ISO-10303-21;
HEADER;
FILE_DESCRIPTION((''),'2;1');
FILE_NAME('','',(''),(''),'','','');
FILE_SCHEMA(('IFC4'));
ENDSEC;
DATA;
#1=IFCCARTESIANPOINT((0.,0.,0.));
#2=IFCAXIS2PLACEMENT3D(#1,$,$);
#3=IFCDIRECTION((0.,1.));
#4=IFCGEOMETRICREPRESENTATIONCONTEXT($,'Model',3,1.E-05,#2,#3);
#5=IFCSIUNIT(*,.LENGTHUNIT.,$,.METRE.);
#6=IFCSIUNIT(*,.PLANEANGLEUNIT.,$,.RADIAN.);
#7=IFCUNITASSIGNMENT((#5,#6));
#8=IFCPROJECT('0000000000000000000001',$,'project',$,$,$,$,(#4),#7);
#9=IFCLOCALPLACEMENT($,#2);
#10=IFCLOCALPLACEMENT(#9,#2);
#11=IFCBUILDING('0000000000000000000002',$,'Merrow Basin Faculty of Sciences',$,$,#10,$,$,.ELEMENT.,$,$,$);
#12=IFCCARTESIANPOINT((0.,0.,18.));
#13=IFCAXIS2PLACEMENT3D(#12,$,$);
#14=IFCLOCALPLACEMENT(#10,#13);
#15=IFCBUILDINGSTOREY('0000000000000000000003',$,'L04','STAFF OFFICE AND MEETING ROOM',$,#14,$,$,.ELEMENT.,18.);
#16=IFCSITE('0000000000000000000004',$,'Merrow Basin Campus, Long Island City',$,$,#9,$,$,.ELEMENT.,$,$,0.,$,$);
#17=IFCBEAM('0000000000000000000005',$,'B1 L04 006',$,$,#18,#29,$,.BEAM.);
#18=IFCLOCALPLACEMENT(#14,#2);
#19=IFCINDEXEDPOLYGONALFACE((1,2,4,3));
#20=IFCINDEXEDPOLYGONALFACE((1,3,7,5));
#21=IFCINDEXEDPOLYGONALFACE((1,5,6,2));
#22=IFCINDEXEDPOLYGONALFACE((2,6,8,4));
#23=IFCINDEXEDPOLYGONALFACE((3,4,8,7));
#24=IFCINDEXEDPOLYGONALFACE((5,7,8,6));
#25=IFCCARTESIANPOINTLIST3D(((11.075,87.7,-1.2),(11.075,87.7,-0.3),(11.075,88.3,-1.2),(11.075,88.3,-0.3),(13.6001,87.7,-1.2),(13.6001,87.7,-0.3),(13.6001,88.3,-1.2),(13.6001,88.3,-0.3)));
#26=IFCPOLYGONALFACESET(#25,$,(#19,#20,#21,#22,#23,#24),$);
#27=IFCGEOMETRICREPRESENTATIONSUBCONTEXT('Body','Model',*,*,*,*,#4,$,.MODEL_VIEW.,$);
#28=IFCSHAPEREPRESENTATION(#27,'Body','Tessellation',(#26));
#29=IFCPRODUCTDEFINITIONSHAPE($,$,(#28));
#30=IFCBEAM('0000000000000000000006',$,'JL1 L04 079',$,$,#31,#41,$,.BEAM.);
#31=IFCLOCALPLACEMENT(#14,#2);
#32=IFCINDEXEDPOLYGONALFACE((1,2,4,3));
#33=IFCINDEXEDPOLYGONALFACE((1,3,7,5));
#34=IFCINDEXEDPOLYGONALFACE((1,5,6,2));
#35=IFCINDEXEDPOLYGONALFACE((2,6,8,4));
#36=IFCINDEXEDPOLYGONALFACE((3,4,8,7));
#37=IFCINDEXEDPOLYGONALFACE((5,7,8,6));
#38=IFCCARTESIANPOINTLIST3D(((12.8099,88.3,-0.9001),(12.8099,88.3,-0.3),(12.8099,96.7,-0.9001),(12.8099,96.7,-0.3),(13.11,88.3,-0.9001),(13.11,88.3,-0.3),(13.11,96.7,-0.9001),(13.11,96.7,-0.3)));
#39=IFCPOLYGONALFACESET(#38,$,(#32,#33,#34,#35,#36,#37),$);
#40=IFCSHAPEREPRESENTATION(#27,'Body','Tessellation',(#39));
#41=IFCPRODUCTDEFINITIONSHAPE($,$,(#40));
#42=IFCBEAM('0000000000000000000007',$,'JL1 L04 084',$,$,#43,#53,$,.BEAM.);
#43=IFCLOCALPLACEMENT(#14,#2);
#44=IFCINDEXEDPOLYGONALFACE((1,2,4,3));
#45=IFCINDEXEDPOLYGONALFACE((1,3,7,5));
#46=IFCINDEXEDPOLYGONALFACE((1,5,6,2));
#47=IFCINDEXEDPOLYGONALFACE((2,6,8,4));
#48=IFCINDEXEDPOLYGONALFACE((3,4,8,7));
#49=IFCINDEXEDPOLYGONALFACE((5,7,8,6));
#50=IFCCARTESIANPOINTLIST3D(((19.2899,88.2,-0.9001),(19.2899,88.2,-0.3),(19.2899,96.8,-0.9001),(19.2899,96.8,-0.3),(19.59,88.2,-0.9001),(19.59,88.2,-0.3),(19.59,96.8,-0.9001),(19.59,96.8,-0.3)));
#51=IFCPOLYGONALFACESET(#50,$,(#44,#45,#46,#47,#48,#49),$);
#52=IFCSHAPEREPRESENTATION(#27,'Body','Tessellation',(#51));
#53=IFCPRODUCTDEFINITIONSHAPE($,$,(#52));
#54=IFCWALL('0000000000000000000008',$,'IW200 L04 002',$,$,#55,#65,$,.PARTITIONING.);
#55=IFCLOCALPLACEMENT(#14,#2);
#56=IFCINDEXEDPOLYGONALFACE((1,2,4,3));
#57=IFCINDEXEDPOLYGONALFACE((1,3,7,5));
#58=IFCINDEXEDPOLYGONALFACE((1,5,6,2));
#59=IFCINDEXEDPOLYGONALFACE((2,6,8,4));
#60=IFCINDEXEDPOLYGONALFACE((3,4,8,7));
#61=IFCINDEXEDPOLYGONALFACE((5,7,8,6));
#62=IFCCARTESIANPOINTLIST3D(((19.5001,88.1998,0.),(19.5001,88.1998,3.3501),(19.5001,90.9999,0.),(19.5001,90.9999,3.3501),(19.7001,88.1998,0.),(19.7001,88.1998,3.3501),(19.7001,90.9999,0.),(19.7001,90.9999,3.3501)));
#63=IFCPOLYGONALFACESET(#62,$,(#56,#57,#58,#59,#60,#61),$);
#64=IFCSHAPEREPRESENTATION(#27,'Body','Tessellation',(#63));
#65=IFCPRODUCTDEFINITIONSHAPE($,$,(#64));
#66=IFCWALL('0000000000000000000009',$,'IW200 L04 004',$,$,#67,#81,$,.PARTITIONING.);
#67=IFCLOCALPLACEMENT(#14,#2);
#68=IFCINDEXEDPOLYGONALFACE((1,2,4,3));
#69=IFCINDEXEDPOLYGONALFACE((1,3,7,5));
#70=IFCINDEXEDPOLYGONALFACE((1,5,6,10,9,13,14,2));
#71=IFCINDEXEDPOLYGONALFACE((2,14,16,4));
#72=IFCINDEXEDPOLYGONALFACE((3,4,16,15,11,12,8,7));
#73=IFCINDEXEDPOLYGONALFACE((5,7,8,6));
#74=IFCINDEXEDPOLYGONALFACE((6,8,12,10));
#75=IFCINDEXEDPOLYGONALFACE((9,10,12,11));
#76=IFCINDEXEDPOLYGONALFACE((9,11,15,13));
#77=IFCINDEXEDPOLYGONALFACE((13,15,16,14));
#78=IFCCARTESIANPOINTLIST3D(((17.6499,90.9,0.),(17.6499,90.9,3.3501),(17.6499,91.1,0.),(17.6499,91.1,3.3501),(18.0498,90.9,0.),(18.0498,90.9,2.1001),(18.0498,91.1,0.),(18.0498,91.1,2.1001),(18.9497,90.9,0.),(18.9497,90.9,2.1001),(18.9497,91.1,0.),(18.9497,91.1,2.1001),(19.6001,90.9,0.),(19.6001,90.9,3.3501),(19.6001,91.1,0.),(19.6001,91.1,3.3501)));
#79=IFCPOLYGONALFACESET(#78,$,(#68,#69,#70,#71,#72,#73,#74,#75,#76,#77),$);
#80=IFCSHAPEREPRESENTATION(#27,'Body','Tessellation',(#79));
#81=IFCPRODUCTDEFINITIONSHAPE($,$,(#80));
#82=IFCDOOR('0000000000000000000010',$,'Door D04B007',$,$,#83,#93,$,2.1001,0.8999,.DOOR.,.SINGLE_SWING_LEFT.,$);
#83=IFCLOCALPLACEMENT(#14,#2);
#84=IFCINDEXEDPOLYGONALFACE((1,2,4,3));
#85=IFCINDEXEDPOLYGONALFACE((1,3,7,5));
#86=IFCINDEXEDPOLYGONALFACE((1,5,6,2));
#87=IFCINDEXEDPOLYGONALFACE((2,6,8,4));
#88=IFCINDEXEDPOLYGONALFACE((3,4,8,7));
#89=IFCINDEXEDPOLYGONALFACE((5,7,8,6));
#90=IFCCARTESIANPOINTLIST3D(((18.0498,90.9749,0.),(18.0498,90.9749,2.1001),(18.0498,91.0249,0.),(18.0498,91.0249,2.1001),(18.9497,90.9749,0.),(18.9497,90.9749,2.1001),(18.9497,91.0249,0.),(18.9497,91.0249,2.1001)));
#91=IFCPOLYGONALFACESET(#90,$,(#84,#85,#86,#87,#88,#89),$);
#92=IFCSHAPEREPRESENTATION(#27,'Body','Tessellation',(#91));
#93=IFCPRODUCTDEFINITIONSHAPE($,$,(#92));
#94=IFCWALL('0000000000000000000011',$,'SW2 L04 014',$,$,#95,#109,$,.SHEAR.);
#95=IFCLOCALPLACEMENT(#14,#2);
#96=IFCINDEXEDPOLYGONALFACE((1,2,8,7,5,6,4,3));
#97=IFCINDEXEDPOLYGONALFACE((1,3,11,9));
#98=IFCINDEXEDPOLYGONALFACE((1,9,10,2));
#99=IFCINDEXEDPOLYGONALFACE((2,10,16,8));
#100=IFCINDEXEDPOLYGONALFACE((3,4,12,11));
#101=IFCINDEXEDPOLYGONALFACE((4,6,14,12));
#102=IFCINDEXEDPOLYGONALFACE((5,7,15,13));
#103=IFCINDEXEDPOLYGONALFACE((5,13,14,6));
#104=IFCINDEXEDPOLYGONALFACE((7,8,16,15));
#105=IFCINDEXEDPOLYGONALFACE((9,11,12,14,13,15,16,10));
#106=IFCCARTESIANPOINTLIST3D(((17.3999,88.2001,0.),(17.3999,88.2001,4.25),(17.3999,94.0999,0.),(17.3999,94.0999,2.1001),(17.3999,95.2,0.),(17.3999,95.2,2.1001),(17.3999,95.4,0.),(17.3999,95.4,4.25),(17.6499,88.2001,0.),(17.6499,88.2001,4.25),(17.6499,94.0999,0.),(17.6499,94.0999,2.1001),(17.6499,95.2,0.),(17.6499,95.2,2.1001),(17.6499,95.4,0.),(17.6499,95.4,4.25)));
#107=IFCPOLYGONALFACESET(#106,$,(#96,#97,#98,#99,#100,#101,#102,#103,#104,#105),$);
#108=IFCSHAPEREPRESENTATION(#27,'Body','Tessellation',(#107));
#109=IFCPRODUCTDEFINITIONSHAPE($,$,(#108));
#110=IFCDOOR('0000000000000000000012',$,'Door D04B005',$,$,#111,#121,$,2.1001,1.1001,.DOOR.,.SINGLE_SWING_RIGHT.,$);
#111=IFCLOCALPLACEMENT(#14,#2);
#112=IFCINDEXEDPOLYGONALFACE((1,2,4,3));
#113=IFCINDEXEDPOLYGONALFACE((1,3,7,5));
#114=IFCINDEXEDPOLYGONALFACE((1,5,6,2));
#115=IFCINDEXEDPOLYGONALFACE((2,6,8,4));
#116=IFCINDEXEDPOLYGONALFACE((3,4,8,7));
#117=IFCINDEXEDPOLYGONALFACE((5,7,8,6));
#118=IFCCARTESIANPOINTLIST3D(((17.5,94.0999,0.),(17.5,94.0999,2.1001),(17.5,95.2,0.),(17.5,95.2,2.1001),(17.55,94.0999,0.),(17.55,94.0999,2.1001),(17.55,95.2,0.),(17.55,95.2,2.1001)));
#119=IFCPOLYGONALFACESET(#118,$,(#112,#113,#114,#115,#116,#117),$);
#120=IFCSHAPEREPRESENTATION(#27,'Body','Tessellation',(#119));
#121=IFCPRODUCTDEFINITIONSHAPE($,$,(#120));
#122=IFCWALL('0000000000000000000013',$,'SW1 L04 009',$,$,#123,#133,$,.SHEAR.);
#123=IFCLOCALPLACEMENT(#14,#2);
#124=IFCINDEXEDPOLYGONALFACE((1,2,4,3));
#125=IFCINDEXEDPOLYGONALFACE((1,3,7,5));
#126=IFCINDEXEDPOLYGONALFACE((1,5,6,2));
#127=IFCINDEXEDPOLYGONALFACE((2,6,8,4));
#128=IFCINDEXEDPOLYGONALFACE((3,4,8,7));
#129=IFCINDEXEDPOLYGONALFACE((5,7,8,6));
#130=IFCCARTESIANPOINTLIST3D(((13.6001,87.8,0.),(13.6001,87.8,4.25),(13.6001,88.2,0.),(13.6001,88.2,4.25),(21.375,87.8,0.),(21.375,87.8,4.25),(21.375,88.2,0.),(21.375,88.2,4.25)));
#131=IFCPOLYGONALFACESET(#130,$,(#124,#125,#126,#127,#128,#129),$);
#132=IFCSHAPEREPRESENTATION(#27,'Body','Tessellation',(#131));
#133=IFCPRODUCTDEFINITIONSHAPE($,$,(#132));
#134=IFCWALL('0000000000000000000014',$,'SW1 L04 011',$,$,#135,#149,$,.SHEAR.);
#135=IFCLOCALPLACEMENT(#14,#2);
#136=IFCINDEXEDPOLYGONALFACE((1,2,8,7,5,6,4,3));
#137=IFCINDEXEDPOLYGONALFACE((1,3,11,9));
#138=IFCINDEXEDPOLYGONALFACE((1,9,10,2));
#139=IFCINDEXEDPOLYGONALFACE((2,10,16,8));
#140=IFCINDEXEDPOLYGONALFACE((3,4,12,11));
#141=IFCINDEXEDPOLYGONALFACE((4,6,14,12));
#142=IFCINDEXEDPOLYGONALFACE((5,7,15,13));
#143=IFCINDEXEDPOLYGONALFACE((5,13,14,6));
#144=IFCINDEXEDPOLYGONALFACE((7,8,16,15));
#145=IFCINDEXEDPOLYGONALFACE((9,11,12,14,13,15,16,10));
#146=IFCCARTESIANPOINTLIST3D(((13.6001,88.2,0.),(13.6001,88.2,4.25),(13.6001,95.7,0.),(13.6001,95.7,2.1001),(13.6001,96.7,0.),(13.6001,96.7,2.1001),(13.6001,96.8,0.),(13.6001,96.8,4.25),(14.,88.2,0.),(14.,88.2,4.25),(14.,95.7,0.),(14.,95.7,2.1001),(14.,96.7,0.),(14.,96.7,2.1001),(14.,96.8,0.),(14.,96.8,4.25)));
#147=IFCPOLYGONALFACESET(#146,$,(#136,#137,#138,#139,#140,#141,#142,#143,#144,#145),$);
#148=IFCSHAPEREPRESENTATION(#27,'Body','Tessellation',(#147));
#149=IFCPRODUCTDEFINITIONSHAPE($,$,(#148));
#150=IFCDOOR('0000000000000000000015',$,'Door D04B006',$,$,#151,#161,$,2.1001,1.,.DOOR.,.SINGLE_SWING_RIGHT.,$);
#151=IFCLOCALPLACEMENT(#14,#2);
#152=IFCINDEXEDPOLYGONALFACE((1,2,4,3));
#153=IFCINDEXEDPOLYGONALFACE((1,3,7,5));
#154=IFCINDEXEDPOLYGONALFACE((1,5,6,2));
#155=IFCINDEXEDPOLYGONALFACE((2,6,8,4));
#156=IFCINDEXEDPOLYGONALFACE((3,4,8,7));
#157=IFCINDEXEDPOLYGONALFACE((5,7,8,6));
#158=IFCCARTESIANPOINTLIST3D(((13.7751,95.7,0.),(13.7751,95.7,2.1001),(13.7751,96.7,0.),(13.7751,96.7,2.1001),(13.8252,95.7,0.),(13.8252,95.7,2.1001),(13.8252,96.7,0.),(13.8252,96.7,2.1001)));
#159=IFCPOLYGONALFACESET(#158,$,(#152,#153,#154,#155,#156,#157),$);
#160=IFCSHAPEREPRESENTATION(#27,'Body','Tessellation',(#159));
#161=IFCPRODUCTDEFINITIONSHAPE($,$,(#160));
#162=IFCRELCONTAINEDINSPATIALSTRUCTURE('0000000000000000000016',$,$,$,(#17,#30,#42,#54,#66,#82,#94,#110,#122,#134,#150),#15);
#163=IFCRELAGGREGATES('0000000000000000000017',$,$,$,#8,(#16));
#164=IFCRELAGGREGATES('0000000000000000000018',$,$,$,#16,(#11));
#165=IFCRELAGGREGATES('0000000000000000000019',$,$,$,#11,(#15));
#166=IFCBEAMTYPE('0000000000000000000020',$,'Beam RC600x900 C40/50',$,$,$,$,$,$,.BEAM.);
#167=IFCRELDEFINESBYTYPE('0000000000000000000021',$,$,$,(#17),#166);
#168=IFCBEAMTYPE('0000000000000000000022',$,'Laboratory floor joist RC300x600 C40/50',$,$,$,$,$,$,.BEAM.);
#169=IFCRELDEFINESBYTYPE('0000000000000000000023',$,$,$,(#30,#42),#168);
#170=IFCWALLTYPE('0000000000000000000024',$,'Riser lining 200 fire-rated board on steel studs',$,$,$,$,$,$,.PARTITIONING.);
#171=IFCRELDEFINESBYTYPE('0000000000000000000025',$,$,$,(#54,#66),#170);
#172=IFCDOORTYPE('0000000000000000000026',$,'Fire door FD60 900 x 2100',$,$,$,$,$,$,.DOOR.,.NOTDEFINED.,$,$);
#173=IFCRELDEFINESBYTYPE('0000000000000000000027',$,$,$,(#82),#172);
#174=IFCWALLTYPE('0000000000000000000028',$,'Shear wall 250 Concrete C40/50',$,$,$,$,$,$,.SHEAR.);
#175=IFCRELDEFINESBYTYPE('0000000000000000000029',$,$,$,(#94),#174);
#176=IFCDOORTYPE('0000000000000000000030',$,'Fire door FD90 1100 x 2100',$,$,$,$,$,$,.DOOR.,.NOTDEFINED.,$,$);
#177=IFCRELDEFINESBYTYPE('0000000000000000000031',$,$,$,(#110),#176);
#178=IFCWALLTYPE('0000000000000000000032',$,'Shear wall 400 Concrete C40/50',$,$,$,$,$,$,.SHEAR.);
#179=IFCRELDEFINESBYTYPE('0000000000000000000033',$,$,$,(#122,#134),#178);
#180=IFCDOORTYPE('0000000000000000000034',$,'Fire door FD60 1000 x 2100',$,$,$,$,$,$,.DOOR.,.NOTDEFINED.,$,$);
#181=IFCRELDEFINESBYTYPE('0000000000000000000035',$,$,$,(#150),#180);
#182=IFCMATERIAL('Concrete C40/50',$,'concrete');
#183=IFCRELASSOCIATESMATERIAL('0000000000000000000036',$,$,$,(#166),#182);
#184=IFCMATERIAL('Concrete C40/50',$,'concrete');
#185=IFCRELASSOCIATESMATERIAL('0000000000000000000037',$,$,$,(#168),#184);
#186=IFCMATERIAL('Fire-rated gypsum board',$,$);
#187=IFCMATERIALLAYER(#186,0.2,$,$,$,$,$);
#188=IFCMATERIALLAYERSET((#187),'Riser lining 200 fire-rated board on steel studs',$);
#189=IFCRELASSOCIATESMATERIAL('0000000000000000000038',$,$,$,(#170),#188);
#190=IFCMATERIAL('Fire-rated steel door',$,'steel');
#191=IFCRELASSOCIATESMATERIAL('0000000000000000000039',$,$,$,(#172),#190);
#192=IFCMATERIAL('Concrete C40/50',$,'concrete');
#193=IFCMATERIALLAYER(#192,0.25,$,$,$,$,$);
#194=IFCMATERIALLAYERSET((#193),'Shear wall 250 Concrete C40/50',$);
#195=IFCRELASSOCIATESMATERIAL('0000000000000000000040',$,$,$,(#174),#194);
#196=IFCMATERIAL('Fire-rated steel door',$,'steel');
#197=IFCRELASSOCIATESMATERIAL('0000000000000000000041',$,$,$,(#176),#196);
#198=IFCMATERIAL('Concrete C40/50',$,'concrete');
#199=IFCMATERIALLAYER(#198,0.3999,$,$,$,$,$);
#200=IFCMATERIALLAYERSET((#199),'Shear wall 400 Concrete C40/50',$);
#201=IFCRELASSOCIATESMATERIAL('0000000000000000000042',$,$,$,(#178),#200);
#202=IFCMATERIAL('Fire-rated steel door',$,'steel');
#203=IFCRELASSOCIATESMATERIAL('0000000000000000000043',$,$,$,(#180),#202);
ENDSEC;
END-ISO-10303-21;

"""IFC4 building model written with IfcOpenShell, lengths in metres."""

from ifc_helpers import new_model, si_unit, direction, frame, frame_2d, origin, origin_2d, place, context, subcontext, project, spatial, rectangle, extrude, material, layer, layer_set, material_profile, profile_set, type_object, element, fill, save


model = new_model("IFC4")

# Units and contexts
model_context = context("Model", 3, precision=1e-05, world=origin(), true_north=direction((0.0, 1.0)))
body_context = subcontext(model_context, "Body", "Model", "MODEL_VIEW")
ifc_project = project(units=[si_unit("LENGTHUNIT", "METRE"), si_unit("PLANEANGLEUNIT", "RADIAN")], contexts=[model_context])

# Site, building, storey
site_placement = place(None, origin())
site = spatial("IfcSite", under=ifc_project, at=site_placement, Name="Merrow Basin Campus, Long Island City", CompositionType="ELEMENT", RefElevation=0.0)
building_placement = place(site_placement, origin())
building = spatial("IfcBuilding", under=site, at=building_placement, Name="Merrow Basin Faculty of Sciences", CompositionType="ELEMENT")
storey_placement = place(building_placement, frame((0.0, 0.0, 18.0)))
storey = spatial("IfcBuildingStorey", under=building, at=storey_placement, Name="L04", Description="STAFF OFFICE AND MEETING ROOM", CompositionType="ELEMENT", Elevation=18.0)

# Beams
ifc_material_1 = material(Name="Concrete C40/50", Category="concrete")
ifc_material_profile_1 = material_profile(ifc_material_1, rectangle(XDim=0.6001, YDim=0.8999, at=origin_2d()))
ifc_profile_set_1 = profile_set([ifc_material_profile_1], Name="Concrete C40/50")
beam_type_1 = type_object("IfcBeamType", Name="Beam RC600x900 C40/50", PredefinedType="BEAM", material=ifc_profile_set_1)
beam_1_placement = place(storey_placement, frame((11.075, 88.0, -0.75), z_axis=(1.0, 0.0, 0.0), x_axis=(0.0, 1.0, 0.0)))
element("IfcBeam", 1, at=beam_1_placement, inside=storey, type_object=beam_type_1, Name="B1 L04 006", PredefinedType="BEAM", context=body_context, shape_type="SweptSolid", body=[
    extrude(rectangle(XDim=0.6001, YDim=0.8999, at=origin_2d()), origin(), (0.0, 0.0, 1.0), 2.5251),
])
ifc_material_2 = material(Name="Concrete C40/50", Category="concrete")
ifc_material_profile_2 = material_profile(ifc_material_2, rectangle(XDim=0.3, YDim=0.6001, at=origin_2d()))
ifc_profile_set_2 = profile_set([ifc_material_profile_2], Name="Concrete C40/50")
beam_type_2 = type_object("IfcBeamType", Name="Laboratory floor joist RC300x600 C40/50", PredefinedType="BEAM", material=ifc_profile_set_2)
beam_2_placement = place(storey_placement, frame((12.96, 88.3, -0.6001), z_axis=(0.0, 1.0, 0.0), x_axis=(-1.0, 0.0, 0.0)))
element("IfcBeam", 2, at=beam_2_placement, inside=storey, type_object=beam_type_2, Name="JL1 L04 079", PredefinedType="BEAM", context=body_context, shape_type="SweptSolid", body=[
    extrude(rectangle(XDim=0.3, YDim=0.6001, at=origin_2d()), origin(), (0.0, 0.0, 1.0), 8.3999),
])
beam_3_placement = place(storey_placement, frame((19.4399, 88.2, -0.6001), z_axis=(0.0, 1.0, 0.0), x_axis=(-1.0, 0.0, 0.0)))
element("IfcBeam", 3, at=beam_3_placement, inside=storey, type_object=beam_type_2, Name="JL1 L04 084", PredefinedType="BEAM", context=body_context, shape_type="SweptSolid", body=[
    extrude(rectangle(XDim=0.3, YDim=0.6001, at=origin_2d()), origin(), (0.0, 0.0, 1.0), 8.6001),
])

# Wall
ifc_material_3 = material(Name="Fire-rated gypsum board")
ifc_layer_1 = layer(ifc_material_3, 0.2)
ifc_layer_set_1 = layer_set([ifc_layer_1], Name="Riser lining 200 fire-rated board on steel studs")
wall_type_1 = type_object("IfcWallType", Name="Riser lining 200 fire-rated board on steel studs", PredefinedType="PARTITIONING", material=ifc_layer_set_1)
wall_1_placement = place(storey_placement, frame((19.6001, 88.2, 0.0), z_axis=(0.0, 0.0, 1.0), x_axis=(0.0, 1.0, 0.0)))
element("IfcWall", 4, at=wall_1_placement, inside=storey, type_object=wall_type_1, Name="IW200 L04 002", PredefinedType="PARTITIONING", context=body_context, shape_type="SweptSolid", body=[
    extrude(rectangle(XDim=2.8, YDim=0.2, at=frame_2d((1.3999, 0.0))), origin(), (0.0, 0.0, 1.0), 3.3501),
])

# Walls, openings, doors
wall_2_placement = place(storey_placement, frame((17.6499, 91.0, 0.0), z_axis=(0.0, 0.0, 1.0), x_axis=(1.0, 0.0, 0.0)))
wall_2 = element("IfcWall", 5, at=wall_2_placement, inside=storey, type_object=wall_type_1, Name="IW200 L04 004", PredefinedType="PARTITIONING", context=body_context, shape_type="SweptSolid", body=[
    extrude(rectangle(XDim=1.9502, YDim=0.2, at=frame_2d((0.9751, 0.0))), origin(), (0.0, 0.0, 1.0), 3.3501),
])
opening_1_placement = place(wall_2_placement, frame((0.3999, 0.0, 0.0)))
opening_1 = element("IfcOpeningElement", 6, at=opening_1_placement, cuts=wall_2, PredefinedType="OPENING", context=body_context, shape_type="SweptSolid", body=[
    extrude(rectangle(XDim=0.8999, YDim=2.1001, at=frame_2d((0.45, 1.05))), frame((0.0, 0.1099, 0.0), z_axis=(0.0, -1.0, 0.0), x_axis=(1.0, 0.0, 0.0)), (0.0, 0.0, 1.0), 0.22),
])
ifc_material_4 = material(Name="Fire-rated steel door", Category="steel")
door_type_1 = type_object("IfcDoorType", Name="Fire door FD60 900 x 2100", OperationType="NOTDEFINED", PredefinedType="DOOR", material=ifc_material_4)
door_1_placement = place(opening_1_placement, origin())
door_1 = element("IfcDoor", 7, at=door_1_placement, inside=storey, type_object=door_type_1, Name="Door D04B007", OperationType="SINGLE_SWING_LEFT", OverallHeight=2.1001, OverallWidth=0.8999, PredefinedType="DOOR", context=body_context, shape_type="SweptSolid", body=[
    extrude(rectangle(XDim=0.8999, YDim=2.1001, at=frame_2d((0.45, 1.05))), frame((0.0, 0.0249, 0.0), z_axis=(0.0, -1.0, 0.0), x_axis=(1.0, 0.0, 0.0)), (0.0, 0.0, 1.0), 0.05),
])
fill(opening_1, door_1)
ifc_material_5 = material(Name="Concrete C40/50", Category="concrete")
ifc_layer_2 = layer(ifc_material_5, 0.25)
ifc_layer_set_2 = layer_set([ifc_layer_2], Name="Shear wall 250 Concrete C40/50")
wall_type_2 = type_object("IfcWallType", Name="Shear wall 250 Concrete C40/50", PredefinedType="SHEAR", material=ifc_layer_set_2)
wall_3_placement = place(storey_placement, frame((17.5249, 88.2, 0.0), z_axis=(0.0, 0.0, 1.0), x_axis=(0.0, 1.0, 0.0)))
wall_3 = element("IfcWall", 8, at=wall_3_placement, inside=storey, type_object=wall_type_2, Name="SW2 L04 014", PredefinedType="SHEAR", context=body_context, shape_type="SweptSolid", body=[
    extrude(rectangle(XDim=7.2, YDim=0.25, at=frame_2d((3.6001, 0.0))), origin(), (0.0, 0.0, 1.0), 4.25),
])
opening_2_placement = place(wall_3_placement, frame((5.8999, 0.0, 0.0)))
opening_2 = element("IfcOpeningElement", 9, at=opening_2_placement, cuts=wall_3, PredefinedType="OPENING", context=body_context, shape_type="SweptSolid", body=[
    extrude(rectangle(XDim=1.1001, YDim=2.1001, at=frame_2d((0.55, 1.05))), frame((0.0, 0.135, 0.0), z_axis=(0.0, -1.0, 0.0), x_axis=(1.0, 0.0, 0.0)), (0.0, 0.0, 1.0), 0.27),
])
ifc_material_6 = material(Name="Fire-rated steel door", Category="steel")
door_type_2 = type_object("IfcDoorType", Name="Fire door FD90 1100 x 2100", OperationType="NOTDEFINED", PredefinedType="DOOR", material=ifc_material_6)
door_2_placement = place(opening_2_placement, origin())
door_2 = element("IfcDoor", 10, at=door_2_placement, inside=storey, type_object=door_type_2, Name="Door D04B005", OperationType="SINGLE_SWING_RIGHT", OverallHeight=2.1001, OverallWidth=1.1001, PredefinedType="DOOR", context=body_context, shape_type="SweptSolid", body=[
    extrude(rectangle(XDim=1.1001, YDim=2.1001, at=frame_2d((0.55, 1.05))), frame((0.0, 0.0249, 0.0), z_axis=(0.0, -1.0, 0.0), x_axis=(1.0, 0.0, 0.0)), (0.0, 0.0, 1.0), 0.05),
])
fill(opening_2, door_2)

# Wall
ifc_material_7 = material(Name="Concrete C40/50", Category="concrete")
ifc_layer_3 = layer(ifc_material_7, 0.3999)
ifc_layer_set_3 = layer_set([ifc_layer_3], Name="Shear wall 400 Concrete C40/50")
wall_type_3 = type_object("IfcWallType", Name="Shear wall 400 Concrete C40/50", PredefinedType="SHEAR", material=ifc_layer_set_3)
wall_4_placement = place(storey_placement, frame((13.6001, 88.0, 0.0), z_axis=(0.0, 0.0, 1.0), x_axis=(1.0, 0.0, 0.0)))
element("IfcWall", 11, at=wall_4_placement, inside=storey, type_object=wall_type_3, Name="SW1 L04 009", PredefinedType="SHEAR", context=body_context, shape_type="SweptSolid", body=[
    extrude(rectangle(XDim=7.7749, YDim=0.3999, at=frame_2d((3.8875, 0.0))), origin(), (0.0, 0.0, 1.0), 4.25),
])

# Wall, opening, door
wall_5_placement = place(storey_placement, frame((13.8, 88.2, 0.0), z_axis=(0.0, 0.0, 1.0), x_axis=(0.0, 1.0, 0.0)))
wall_5 = element("IfcWall", 12, at=wall_5_placement, inside=storey, type_object=wall_type_3, Name="SW1 L04 011", PredefinedType="SHEAR", context=body_context, shape_type="SweptSolid", body=[
    extrude(rectangle(XDim=8.6001, YDim=0.3999, at=frame_2d((4.3, 0.0))), origin(), (0.0, 0.0, 1.0), 4.25),
])
opening_3_placement = place(wall_5_placement, frame((7.5, 0.0, 0.0)))
opening_3 = element("IfcOpeningElement", 13, at=opening_3_placement, cuts=wall_5, PredefinedType="OPENING", context=body_context, shape_type="SweptSolid", body=[
    extrude(rectangle(XDim=1.0, YDim=2.1001, at=frame_2d((0.5, 1.05))), frame((0.0, 0.21, 0.0), z_axis=(0.0, -1.0, 0.0), x_axis=(1.0, 0.0, 0.0)), (0.0, 0.0, 1.0), 0.4199),
])
ifc_material_8 = material(Name="Fire-rated steel door", Category="steel")
door_type_3 = type_object("IfcDoorType", Name="Fire door FD60 1000 x 2100", OperationType="NOTDEFINED", PredefinedType="DOOR", material=ifc_material_8)
door_3_placement = place(opening_3_placement, origin())
door_3 = element("IfcDoor", 14, at=door_3_placement, inside=storey, type_object=door_type_3, Name="Door D04B006", OperationType="SINGLE_SWING_RIGHT", OverallHeight=2.1001, OverallWidth=1.0, PredefinedType="DOOR", context=body_context, shape_type="SweptSolid", body=[
    extrude(rectangle(XDim=1.0, YDim=2.1001, at=frame_2d((0.5, 1.05))), frame((0.0, 0.0249, 0.0), z_axis=(0.0, -1.0, 0.0), x_axis=(1.0, 0.0, 0.0)), (0.0, 0.0, 1.0), 0.05),
])
fill(opening_3, door_3)

save(model, "model.ifc")
